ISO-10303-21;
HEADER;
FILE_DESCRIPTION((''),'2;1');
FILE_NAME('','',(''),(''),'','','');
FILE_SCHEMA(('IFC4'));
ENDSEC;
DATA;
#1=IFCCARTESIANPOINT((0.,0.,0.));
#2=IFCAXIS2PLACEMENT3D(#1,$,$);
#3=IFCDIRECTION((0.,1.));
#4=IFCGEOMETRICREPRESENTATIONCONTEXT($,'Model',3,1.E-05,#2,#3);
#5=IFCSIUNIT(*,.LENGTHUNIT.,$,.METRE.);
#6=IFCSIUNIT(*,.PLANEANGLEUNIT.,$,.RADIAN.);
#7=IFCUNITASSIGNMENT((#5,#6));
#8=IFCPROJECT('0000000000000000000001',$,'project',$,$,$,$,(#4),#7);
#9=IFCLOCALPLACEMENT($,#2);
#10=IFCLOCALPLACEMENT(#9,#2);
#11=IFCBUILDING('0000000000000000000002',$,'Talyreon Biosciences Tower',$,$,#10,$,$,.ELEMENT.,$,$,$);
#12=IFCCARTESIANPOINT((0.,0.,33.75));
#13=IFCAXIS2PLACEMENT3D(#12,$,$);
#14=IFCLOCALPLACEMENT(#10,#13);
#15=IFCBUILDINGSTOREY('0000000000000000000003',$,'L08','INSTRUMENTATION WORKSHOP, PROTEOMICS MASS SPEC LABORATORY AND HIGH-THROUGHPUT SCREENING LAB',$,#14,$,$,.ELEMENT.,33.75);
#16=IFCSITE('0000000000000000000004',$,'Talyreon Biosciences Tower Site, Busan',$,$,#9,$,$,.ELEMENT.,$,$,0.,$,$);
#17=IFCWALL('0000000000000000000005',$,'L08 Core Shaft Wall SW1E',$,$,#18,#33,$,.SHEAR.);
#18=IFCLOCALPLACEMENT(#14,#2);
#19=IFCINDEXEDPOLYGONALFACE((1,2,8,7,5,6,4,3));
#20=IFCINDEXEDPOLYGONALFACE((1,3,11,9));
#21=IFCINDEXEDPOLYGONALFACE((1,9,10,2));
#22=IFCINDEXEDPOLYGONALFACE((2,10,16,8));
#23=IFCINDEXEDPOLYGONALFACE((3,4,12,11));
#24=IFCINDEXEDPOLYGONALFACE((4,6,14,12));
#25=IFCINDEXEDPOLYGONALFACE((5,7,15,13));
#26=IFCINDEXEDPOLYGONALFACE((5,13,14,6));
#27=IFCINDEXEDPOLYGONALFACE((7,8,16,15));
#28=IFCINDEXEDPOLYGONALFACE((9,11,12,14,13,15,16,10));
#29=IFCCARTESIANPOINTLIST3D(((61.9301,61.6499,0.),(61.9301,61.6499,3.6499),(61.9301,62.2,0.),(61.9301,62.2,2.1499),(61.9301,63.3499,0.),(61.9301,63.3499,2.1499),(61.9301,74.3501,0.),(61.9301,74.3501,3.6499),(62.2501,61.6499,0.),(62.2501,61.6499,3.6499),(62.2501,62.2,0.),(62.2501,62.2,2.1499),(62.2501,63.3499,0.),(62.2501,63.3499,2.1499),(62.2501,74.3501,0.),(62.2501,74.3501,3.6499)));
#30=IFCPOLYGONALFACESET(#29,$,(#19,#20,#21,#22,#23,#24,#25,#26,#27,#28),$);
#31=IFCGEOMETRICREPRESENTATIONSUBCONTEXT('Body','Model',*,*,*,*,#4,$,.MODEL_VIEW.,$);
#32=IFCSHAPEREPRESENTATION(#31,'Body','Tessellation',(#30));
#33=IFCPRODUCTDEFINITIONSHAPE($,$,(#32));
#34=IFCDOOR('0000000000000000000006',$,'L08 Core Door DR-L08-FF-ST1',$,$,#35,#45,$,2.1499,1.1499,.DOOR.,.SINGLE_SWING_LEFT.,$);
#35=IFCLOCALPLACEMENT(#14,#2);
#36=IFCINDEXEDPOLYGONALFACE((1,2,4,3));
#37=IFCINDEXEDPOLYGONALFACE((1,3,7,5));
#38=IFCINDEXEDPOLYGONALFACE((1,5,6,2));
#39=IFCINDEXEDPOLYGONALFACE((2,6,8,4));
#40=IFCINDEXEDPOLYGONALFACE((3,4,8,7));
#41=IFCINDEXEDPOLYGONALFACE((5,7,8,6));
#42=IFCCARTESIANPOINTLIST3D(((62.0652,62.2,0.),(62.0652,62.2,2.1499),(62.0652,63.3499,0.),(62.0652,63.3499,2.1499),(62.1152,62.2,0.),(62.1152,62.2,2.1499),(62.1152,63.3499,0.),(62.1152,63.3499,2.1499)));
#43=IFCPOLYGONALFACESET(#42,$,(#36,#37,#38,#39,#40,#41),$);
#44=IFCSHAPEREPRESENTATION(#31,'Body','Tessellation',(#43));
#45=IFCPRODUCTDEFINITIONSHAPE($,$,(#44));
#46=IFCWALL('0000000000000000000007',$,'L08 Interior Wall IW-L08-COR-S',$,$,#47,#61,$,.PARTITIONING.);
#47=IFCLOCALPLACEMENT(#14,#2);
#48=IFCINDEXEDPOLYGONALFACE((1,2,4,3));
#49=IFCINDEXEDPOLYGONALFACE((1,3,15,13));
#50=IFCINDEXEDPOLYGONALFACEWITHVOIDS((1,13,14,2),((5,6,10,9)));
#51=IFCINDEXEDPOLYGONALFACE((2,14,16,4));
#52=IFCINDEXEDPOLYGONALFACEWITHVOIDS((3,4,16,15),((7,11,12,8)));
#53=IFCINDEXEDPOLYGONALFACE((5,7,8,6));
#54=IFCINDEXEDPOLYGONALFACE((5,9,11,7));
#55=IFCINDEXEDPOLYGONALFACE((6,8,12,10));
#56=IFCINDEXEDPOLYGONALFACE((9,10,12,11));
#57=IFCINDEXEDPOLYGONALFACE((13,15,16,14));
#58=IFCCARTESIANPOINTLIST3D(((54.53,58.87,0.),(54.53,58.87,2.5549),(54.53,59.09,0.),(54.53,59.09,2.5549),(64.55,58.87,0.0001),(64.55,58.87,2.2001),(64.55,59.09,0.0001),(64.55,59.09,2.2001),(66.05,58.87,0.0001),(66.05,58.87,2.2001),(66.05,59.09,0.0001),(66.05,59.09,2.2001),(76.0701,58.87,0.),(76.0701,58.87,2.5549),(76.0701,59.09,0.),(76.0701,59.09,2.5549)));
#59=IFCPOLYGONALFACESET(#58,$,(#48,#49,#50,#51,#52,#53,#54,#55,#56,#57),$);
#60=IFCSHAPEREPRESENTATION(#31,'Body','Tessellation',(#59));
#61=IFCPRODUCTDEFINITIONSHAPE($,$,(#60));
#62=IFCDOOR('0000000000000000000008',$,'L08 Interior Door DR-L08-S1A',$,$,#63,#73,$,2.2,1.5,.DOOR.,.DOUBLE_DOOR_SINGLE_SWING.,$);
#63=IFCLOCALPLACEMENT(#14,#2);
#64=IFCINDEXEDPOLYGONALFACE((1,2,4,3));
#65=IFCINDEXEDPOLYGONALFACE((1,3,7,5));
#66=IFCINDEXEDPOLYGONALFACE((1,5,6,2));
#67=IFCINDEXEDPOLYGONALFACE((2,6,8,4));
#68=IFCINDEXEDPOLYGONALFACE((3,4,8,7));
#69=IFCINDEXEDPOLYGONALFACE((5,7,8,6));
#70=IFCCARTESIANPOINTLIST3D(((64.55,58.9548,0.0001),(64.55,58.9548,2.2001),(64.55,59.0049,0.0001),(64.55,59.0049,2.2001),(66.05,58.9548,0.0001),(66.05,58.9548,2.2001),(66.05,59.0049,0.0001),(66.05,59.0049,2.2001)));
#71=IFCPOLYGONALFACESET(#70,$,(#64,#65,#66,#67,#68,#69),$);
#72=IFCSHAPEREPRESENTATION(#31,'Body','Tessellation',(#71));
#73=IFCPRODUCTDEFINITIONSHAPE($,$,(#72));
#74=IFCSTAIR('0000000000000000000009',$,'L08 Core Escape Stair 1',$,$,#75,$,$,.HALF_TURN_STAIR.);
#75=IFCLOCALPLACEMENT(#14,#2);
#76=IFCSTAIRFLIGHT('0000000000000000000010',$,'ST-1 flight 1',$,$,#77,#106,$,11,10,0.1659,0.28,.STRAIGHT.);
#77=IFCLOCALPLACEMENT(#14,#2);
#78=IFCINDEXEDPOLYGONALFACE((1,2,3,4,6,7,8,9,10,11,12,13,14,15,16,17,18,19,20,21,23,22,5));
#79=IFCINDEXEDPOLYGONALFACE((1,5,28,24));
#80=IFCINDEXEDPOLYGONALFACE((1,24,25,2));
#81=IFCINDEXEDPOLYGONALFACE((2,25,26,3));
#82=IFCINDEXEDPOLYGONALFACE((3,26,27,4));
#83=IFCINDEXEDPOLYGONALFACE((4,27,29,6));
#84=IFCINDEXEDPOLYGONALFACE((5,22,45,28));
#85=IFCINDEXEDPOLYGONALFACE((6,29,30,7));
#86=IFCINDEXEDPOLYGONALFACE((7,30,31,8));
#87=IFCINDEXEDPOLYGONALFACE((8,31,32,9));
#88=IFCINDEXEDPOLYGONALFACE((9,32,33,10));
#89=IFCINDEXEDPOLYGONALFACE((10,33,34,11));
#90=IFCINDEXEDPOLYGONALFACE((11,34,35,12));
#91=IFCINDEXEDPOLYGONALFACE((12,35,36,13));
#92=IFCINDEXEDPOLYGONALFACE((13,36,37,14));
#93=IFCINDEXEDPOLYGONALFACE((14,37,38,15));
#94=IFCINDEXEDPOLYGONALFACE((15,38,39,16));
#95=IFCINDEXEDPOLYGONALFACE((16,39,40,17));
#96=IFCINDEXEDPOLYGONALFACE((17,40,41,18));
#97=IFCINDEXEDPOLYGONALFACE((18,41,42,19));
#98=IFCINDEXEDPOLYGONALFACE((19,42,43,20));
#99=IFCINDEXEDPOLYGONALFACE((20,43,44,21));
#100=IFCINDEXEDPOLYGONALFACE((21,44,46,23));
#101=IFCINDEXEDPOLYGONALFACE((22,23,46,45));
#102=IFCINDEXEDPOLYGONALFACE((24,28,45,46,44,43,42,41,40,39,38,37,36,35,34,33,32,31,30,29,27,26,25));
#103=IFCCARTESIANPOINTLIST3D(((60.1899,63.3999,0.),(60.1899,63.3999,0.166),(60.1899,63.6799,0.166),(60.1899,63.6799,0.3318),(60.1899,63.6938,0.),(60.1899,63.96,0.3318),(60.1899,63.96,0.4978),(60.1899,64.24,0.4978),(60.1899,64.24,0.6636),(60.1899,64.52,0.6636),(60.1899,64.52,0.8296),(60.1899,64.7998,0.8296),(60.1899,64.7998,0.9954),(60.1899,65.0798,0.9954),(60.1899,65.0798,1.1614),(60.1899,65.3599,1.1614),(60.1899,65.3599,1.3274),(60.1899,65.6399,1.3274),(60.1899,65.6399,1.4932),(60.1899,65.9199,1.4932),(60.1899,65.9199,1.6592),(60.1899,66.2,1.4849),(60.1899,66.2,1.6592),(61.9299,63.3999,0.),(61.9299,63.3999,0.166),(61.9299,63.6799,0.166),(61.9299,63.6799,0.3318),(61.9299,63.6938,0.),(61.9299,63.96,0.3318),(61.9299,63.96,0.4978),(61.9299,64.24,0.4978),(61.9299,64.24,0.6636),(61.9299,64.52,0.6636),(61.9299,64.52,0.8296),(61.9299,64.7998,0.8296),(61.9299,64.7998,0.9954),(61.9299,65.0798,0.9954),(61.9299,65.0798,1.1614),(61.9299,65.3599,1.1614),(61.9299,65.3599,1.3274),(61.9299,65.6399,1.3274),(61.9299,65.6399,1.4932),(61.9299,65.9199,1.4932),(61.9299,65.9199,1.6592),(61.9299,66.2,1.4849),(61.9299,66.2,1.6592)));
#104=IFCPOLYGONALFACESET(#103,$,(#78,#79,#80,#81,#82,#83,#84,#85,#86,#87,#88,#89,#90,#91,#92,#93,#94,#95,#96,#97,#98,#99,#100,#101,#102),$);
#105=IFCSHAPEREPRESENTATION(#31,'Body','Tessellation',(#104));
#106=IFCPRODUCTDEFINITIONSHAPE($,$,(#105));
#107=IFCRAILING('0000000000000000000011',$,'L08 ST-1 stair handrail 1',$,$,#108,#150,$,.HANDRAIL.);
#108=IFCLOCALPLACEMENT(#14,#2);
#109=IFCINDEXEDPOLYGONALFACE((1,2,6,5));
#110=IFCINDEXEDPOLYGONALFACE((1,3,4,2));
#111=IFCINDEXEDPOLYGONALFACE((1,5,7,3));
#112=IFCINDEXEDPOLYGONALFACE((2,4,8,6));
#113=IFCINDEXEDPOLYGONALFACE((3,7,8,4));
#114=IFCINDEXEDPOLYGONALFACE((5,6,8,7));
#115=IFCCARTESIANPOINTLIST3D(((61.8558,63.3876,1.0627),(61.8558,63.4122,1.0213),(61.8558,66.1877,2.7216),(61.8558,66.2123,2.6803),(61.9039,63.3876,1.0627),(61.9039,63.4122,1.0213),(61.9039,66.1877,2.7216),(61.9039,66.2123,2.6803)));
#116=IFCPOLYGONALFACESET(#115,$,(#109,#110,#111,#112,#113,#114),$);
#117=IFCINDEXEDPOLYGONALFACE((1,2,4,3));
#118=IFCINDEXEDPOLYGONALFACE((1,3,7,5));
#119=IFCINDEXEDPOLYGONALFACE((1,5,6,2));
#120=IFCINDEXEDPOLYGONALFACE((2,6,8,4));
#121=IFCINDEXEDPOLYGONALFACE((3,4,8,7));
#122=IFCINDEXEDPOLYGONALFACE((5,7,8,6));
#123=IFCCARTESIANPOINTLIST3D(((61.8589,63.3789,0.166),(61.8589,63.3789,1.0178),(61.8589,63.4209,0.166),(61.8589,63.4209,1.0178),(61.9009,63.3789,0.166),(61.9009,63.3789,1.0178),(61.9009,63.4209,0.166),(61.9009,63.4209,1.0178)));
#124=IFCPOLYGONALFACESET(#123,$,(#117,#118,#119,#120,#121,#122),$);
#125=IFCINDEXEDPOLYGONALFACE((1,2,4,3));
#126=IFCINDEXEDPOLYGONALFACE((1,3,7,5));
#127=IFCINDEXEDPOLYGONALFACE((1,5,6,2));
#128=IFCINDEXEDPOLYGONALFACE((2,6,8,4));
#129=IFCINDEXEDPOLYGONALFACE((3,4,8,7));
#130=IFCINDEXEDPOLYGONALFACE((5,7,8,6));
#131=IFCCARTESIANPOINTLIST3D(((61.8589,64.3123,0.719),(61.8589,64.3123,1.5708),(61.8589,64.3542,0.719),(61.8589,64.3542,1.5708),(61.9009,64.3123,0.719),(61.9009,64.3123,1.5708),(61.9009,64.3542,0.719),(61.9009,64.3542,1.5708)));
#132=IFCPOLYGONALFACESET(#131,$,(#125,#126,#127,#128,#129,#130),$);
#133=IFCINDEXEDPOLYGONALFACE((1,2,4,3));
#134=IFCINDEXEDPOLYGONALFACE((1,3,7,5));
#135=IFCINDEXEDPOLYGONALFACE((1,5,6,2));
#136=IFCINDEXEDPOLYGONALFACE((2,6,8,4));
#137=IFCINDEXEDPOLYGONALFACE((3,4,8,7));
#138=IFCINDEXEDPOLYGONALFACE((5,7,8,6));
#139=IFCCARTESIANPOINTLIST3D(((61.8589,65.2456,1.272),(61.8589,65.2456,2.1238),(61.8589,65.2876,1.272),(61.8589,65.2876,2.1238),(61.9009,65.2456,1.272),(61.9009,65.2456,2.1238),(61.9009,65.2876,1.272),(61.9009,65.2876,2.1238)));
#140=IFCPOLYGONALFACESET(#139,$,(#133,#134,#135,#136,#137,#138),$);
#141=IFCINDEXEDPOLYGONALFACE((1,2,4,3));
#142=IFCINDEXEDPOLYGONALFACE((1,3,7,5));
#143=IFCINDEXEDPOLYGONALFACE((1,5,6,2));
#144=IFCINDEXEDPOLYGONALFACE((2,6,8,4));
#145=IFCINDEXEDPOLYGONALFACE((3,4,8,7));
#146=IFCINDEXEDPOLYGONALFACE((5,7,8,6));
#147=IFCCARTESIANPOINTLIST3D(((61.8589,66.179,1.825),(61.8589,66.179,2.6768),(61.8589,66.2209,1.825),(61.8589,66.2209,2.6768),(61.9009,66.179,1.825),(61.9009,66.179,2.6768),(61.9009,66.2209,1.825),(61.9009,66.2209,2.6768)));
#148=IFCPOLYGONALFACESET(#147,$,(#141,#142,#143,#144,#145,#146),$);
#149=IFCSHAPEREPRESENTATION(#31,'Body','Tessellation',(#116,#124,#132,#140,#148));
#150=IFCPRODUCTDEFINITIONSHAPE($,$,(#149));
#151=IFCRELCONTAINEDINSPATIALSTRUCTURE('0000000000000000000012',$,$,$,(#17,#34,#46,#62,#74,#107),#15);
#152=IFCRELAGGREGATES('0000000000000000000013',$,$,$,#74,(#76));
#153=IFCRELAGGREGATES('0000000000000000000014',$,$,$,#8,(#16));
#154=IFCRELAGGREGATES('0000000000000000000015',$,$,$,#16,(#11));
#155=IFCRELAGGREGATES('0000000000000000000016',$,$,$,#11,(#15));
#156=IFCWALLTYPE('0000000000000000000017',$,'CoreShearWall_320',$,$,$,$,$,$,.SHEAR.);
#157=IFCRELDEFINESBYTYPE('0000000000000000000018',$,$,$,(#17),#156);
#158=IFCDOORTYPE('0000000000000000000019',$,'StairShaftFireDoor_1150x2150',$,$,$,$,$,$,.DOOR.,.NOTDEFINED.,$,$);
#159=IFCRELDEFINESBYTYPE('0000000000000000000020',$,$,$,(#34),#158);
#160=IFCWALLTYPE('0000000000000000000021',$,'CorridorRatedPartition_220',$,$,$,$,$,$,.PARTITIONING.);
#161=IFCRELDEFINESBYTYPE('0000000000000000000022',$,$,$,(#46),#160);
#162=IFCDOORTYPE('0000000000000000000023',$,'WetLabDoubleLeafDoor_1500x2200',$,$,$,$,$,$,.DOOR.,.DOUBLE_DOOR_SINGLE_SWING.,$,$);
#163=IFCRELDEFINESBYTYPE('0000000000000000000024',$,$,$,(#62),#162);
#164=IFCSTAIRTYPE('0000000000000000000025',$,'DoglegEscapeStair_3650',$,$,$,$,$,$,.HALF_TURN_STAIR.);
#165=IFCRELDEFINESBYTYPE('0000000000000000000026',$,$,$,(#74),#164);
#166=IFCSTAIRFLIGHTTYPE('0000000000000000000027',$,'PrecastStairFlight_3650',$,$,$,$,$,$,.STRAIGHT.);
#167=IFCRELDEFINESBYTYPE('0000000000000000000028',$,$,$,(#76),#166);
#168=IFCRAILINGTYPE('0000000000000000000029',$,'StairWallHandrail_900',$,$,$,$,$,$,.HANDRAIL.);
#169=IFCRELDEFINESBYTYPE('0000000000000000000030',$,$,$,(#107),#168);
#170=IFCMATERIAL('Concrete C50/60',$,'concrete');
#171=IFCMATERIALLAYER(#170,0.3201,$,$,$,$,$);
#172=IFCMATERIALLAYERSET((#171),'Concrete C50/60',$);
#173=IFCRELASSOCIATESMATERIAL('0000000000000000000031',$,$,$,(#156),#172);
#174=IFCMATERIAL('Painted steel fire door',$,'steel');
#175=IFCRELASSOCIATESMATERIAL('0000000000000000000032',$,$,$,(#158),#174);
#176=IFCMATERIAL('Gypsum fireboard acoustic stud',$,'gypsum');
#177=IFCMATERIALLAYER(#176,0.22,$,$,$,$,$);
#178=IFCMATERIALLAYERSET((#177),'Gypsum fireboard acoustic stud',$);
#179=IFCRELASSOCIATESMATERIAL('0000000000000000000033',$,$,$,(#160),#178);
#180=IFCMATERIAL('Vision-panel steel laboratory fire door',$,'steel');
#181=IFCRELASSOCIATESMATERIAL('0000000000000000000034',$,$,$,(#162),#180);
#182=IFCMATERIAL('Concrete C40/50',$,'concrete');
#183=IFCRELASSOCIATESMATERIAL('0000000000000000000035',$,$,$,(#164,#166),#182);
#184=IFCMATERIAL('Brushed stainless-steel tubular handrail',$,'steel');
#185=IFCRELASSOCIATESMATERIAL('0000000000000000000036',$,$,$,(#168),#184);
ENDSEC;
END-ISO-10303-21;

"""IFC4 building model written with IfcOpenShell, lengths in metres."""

from ifc_helpers import new_model, si_unit, direction, frame, frame_2d, origin, origin_2d, place, context, subcontext, project, spatial, polyline, rectangle, outline, extrude, material, layer, layer_set, type_object, element, fill, aggregate, save


model = new_model("IFC4")

# Units and contexts
model_context = context("Model", 3, precision=1e-05, world=origin(), true_north=direction((0.0, 1.0)))
body_context = subcontext(model_context, "Body", "Model", "MODEL_VIEW")
ifc_project = project(units=[si_unit("LENGTHUNIT", "METRE"), si_unit("PLANEANGLEUNIT", "RADIAN")], contexts=[model_context])

# Site, building, storey
site_placement = place(None, origin())
site = spatial("IfcSite", under=ifc_project, at=site_placement, Name="Talyreon Biosciences Tower Site, Busan", CompositionType="ELEMENT", RefElevation=0.0)
building_placement = place(site_placement, origin())
building = spatial("IfcBuilding", under=site, at=building_placement, Name="Talyreon Biosciences Tower", CompositionType="ELEMENT")
storey_placement = place(building_placement, frame((0.0, 0.0, 33.75)))
storey = spatial("IfcBuildingStorey", under=building, at=storey_placement, Name="L08", Description="INSTRUMENTATION WORKSHOP, PROTEOMICS MASS SPEC LABORATORY AND HIGH-THROUGHPUT SCREENING LAB", CompositionType="ELEMENT", Elevation=33.75)

# Wall, opening, door
ifc_material_1 = material(Name="Concrete C50/60", Category="concrete")
ifc_layer_1 = layer(ifc_material_1, 0.3201)
ifc_layer_set_1 = layer_set([ifc_layer_1], Name="Concrete C50/60")
wall_type_1 = type_object("IfcWallType", Name="CoreShearWall_320", PredefinedType="SHEAR", material=ifc_layer_set_1)
wall_1_placement = place(storey_placement, frame((62.0901, 61.6499, 0.0), z_axis=(0.0, 0.0, 1.0), x_axis=(0.0, 1.0, 0.0)))
wall_1 = element("IfcWall", 1, at=wall_1_placement, inside=storey, type_object=wall_type_1, Name="L08 Core Shaft Wall SW1E", PredefinedType="SHEAR", context=body_context, shape_type="SweptSolid", body=[
    extrude(rectangle(XDim=12.7002, YDim=0.3201, at=frame_2d((6.3501, 0.0))), origin(), (0.0, 0.0, 1.0), 3.6499),
])
opening_1_placement = place(wall_1_placement, frame((0.55, 0.0, 0.0)))
opening_1 = element("IfcOpeningElement", 2, at=opening_1_placement, cuts=wall_1, PredefinedType="OPENING", context=body_context, shape_type="SweptSolid", body=[
    extrude(rectangle(XDim=1.1499, YDim=2.1499, at=frame_2d((0.575, 1.075))), frame((0.0, 0.1699, 0.0), z_axis=(0.0, -1.0, 0.0), x_axis=(1.0, 0.0, 0.0)), (0.0, 0.0, 1.0), 0.3401),
])
ifc_material_2 = material(Name="Painted steel fire door", Category="steel")
door_type_1 = type_object("IfcDoorType", Name="StairShaftFireDoor_1150x2150", OperationType="NOTDEFINED", PredefinedType="DOOR", material=ifc_material_2)
door_1_placement = place(opening_1_placement, origin())
door_1 = element("IfcDoor", 3, at=door_1_placement, inside=storey, type_object=door_type_1, Name="L08 Core Door DR-L08-FF-ST1", OperationType="SINGLE_SWING_LEFT", OverallHeight=2.1499, OverallWidth=1.1499, PredefinedType="DOOR", context=body_context, shape_type="SweptSolid", body=[
    extrude(rectangle(XDim=1.1499, YDim=2.1499, at=frame_2d((0.575, 1.075))), frame((0.0, 0.0249, 0.0), z_axis=(0.0, -1.0, 0.0), x_axis=(1.0, 0.0, 0.0)), (0.0, 0.0, 1.0), 0.05),
])
fill(opening_1, door_1)

# Wall, opening, door
ifc_material_3 = material(Name="Gypsum fireboard acoustic stud", Category="gypsum")
ifc_layer_2 = layer(ifc_material_3, 0.22)
ifc_layer_set_2 = layer_set([ifc_layer_2], Name="Gypsum fireboard acoustic stud")
wall_type_2 = type_object("IfcWallType", Name="CorridorRatedPartition_220", PredefinedType="PARTITIONING", material=ifc_layer_set_2)
wall_2_placement = place(storey_placement, frame((54.53, 58.98, 0.0), z_axis=(0.0, 0.0, 1.0), x_axis=(1.0, 0.0, 0.0)))
wall_2 = element("IfcWall", 4, at=wall_2_placement, inside=storey, type_object=wall_type_2, Name="L08 Interior Wall IW-L08-COR-S", PredefinedType="PARTITIONING", context=body_context, shape_type="SweptSolid", body=[
    extrude(rectangle(XDim=21.54, YDim=0.22, at=frame_2d((10.77, 0.0))), origin(), (0.0, 0.0, 1.0), 2.5549),
])
opening_2_placement = place(wall_2_placement, frame((10.02, 0.0, 0.0)))
opening_2 = element("IfcOpeningElement", 5, at=opening_2_placement, cuts=wall_2, PredefinedType="OPENING", context=body_context, shape_type="SweptSolid", body=[
    extrude(rectangle(XDim=1.5, YDim=2.2, at=frame_2d((0.75, 1.1001))), frame((0.0, 0.1199, 0.0), z_axis=(0.0, -1.0, 0.0), x_axis=(1.0, 0.0, 0.0)), (0.0, 0.0, 1.0), 0.24),
])
ifc_material_4 = material(Name="Vision-panel steel laboratory fire door", Category="steel")
door_type_2 = type_object("IfcDoorType", Name="WetLabDoubleLeafDoor_1500x2200", OperationType="DOUBLE_DOOR_SINGLE_SWING", PredefinedType="DOOR", material=ifc_material_4)
door_2_placement = place(opening_2_placement, origin())
door_2 = element("IfcDoor", 6, at=door_2_placement, inside=storey, type_object=door_type_2, Name="L08 Interior Door DR-L08-S1A", OperationType="DOUBLE_DOOR_SINGLE_SWING", OverallHeight=2.2, OverallWidth=1.5, PredefinedType="DOOR", context=body_context, shape_type="SweptSolid", body=[
    extrude(rectangle(XDim=1.5, YDim=2.2, at=frame_2d((0.75, 1.1001))), frame((0.0, 0.0249, 0.0), z_axis=(0.0, -1.0, 0.0), x_axis=(1.0, 0.0, 0.0)), (0.0, 0.0, 1.0), 0.05),
])
fill(opening_2, door_2)

# Stair, stair flight
ifc_material_5 = material(Name="Concrete C40/50", Category="concrete")
stair_type = type_object("IfcStairType", Name="DoglegEscapeStair_3650", PredefinedType="HALF_TURN_STAIR", material=ifc_material_5)
stair_placement = place(storey_placement, origin())
stair = element("IfcStair", 7, at=stair_placement, inside=storey, type_object=stair_type, Name="L08 Core Escape Stair 1", PredefinedType="HALF_TURN_STAIR")
stair_flight_type = type_object("IfcStairFlightType", Name="PrecastStairFlight_3650", PredefinedType="STRAIGHT", material=ifc_material_5)
stair_flight_placement = place(storey_placement, frame((61.0601, 63.3999, 0.0), z_axis=(0.0, 0.0, 1.0), x_axis=(0.0, 1.0, 0.0)))
stair_flight = element("IfcStairFlight", 8, at=stair_flight_placement, type_object=stair_flight_type, Name="ST-1 flight 1", NumberOfRisers=11, NumberOfTreads=10, PredefinedType="STRAIGHT", RiserHeight=0.1659, TreadLength=0.28, context=body_context, shape_type="SweptSolid", body=[
    extrude(outline(polyline([(0.0, 0.0), (0.0, 0.166), (0.28, 0.166), (0.28, 0.3318), (0.5601, 0.3318), (0.5601, 0.4978), (0.8401, 0.4978), (0.8401, 0.6636), (1.1201, 0.6636), (1.1201, 0.8296), (1.3999, 0.8296), (1.3999, 0.9954), (1.6799, 0.9954), (1.6799, 1.1614), (1.96, 1.1614), (1.96, 1.3274), (2.24, 1.3274), (2.24, 1.4932), (2.52, 1.4932), (2.52, 1.6592), (2.8, 1.6592), (2.8, 1.825), (2.8, 1.4849), (0.2939, 0.0), (0.0, 0.0)])), frame((0.0, 0.8701, 0.0), z_axis=(0.0, -1.0, 0.0), x_axis=(1.0, 0.0, 0.0)), (0.0, 0.0, 1.0), 1.74),
])
aggregate(stair, [stair_flight])

# Railing
ifc_material_6 = material(Name="Brushed stainless-steel tubular handrail", Category="steel")
railing_type_1 = type_object("IfcRailingType", Name="StairWallHandrail_900", PredefinedType="HANDRAIL", material=ifc_material_6)
railing_1_placement = place(storey_placement, frame((61.8799, 63.3999, 0.166)))
element("IfcRailing", 9, at=railing_1_placement, inside=storey, type_object=railing_type_1, Name="L08 ST-1 stair handrail 1", PredefinedType="HANDRAIL", context=body_context, shape_type="SweptSolid", body=[
    extrude(rectangle(XDim=0.0481, YDim=0.0481, at=origin_2d()), frame((0.0, 0.0, 0.876), z_axis=(0.0, 0.860339, 0.509722), x_axis=(-1.0, 0.0, 0.0)), (0.0, 0.0, 1.0), 3.2546),
    extrude(rectangle(XDim=0.042, YDim=0.042, at=origin_2d()), origin(), (0.0, 0.0, 1.0), 0.8518),
    extrude(rectangle(XDim=0.042, YDim=0.042, at=origin_2d()), frame((0.0, 0.9333, 0.553)), (0.0, 0.0, 1.0), 0.8518),
    extrude(rectangle(XDim=0.042, YDim=0.042, at=origin_2d()), frame((0.0, 1.8667, 1.106)), (0.0, 0.0, 1.0), 0.8518),
    extrude(rectangle(XDim=0.042, YDim=0.042, at=origin_2d()), frame((0.0, 2.8, 1.6589)), (0.0, 0.0, 1.0), 0.8518),
])

save(model, "model.ifc")
